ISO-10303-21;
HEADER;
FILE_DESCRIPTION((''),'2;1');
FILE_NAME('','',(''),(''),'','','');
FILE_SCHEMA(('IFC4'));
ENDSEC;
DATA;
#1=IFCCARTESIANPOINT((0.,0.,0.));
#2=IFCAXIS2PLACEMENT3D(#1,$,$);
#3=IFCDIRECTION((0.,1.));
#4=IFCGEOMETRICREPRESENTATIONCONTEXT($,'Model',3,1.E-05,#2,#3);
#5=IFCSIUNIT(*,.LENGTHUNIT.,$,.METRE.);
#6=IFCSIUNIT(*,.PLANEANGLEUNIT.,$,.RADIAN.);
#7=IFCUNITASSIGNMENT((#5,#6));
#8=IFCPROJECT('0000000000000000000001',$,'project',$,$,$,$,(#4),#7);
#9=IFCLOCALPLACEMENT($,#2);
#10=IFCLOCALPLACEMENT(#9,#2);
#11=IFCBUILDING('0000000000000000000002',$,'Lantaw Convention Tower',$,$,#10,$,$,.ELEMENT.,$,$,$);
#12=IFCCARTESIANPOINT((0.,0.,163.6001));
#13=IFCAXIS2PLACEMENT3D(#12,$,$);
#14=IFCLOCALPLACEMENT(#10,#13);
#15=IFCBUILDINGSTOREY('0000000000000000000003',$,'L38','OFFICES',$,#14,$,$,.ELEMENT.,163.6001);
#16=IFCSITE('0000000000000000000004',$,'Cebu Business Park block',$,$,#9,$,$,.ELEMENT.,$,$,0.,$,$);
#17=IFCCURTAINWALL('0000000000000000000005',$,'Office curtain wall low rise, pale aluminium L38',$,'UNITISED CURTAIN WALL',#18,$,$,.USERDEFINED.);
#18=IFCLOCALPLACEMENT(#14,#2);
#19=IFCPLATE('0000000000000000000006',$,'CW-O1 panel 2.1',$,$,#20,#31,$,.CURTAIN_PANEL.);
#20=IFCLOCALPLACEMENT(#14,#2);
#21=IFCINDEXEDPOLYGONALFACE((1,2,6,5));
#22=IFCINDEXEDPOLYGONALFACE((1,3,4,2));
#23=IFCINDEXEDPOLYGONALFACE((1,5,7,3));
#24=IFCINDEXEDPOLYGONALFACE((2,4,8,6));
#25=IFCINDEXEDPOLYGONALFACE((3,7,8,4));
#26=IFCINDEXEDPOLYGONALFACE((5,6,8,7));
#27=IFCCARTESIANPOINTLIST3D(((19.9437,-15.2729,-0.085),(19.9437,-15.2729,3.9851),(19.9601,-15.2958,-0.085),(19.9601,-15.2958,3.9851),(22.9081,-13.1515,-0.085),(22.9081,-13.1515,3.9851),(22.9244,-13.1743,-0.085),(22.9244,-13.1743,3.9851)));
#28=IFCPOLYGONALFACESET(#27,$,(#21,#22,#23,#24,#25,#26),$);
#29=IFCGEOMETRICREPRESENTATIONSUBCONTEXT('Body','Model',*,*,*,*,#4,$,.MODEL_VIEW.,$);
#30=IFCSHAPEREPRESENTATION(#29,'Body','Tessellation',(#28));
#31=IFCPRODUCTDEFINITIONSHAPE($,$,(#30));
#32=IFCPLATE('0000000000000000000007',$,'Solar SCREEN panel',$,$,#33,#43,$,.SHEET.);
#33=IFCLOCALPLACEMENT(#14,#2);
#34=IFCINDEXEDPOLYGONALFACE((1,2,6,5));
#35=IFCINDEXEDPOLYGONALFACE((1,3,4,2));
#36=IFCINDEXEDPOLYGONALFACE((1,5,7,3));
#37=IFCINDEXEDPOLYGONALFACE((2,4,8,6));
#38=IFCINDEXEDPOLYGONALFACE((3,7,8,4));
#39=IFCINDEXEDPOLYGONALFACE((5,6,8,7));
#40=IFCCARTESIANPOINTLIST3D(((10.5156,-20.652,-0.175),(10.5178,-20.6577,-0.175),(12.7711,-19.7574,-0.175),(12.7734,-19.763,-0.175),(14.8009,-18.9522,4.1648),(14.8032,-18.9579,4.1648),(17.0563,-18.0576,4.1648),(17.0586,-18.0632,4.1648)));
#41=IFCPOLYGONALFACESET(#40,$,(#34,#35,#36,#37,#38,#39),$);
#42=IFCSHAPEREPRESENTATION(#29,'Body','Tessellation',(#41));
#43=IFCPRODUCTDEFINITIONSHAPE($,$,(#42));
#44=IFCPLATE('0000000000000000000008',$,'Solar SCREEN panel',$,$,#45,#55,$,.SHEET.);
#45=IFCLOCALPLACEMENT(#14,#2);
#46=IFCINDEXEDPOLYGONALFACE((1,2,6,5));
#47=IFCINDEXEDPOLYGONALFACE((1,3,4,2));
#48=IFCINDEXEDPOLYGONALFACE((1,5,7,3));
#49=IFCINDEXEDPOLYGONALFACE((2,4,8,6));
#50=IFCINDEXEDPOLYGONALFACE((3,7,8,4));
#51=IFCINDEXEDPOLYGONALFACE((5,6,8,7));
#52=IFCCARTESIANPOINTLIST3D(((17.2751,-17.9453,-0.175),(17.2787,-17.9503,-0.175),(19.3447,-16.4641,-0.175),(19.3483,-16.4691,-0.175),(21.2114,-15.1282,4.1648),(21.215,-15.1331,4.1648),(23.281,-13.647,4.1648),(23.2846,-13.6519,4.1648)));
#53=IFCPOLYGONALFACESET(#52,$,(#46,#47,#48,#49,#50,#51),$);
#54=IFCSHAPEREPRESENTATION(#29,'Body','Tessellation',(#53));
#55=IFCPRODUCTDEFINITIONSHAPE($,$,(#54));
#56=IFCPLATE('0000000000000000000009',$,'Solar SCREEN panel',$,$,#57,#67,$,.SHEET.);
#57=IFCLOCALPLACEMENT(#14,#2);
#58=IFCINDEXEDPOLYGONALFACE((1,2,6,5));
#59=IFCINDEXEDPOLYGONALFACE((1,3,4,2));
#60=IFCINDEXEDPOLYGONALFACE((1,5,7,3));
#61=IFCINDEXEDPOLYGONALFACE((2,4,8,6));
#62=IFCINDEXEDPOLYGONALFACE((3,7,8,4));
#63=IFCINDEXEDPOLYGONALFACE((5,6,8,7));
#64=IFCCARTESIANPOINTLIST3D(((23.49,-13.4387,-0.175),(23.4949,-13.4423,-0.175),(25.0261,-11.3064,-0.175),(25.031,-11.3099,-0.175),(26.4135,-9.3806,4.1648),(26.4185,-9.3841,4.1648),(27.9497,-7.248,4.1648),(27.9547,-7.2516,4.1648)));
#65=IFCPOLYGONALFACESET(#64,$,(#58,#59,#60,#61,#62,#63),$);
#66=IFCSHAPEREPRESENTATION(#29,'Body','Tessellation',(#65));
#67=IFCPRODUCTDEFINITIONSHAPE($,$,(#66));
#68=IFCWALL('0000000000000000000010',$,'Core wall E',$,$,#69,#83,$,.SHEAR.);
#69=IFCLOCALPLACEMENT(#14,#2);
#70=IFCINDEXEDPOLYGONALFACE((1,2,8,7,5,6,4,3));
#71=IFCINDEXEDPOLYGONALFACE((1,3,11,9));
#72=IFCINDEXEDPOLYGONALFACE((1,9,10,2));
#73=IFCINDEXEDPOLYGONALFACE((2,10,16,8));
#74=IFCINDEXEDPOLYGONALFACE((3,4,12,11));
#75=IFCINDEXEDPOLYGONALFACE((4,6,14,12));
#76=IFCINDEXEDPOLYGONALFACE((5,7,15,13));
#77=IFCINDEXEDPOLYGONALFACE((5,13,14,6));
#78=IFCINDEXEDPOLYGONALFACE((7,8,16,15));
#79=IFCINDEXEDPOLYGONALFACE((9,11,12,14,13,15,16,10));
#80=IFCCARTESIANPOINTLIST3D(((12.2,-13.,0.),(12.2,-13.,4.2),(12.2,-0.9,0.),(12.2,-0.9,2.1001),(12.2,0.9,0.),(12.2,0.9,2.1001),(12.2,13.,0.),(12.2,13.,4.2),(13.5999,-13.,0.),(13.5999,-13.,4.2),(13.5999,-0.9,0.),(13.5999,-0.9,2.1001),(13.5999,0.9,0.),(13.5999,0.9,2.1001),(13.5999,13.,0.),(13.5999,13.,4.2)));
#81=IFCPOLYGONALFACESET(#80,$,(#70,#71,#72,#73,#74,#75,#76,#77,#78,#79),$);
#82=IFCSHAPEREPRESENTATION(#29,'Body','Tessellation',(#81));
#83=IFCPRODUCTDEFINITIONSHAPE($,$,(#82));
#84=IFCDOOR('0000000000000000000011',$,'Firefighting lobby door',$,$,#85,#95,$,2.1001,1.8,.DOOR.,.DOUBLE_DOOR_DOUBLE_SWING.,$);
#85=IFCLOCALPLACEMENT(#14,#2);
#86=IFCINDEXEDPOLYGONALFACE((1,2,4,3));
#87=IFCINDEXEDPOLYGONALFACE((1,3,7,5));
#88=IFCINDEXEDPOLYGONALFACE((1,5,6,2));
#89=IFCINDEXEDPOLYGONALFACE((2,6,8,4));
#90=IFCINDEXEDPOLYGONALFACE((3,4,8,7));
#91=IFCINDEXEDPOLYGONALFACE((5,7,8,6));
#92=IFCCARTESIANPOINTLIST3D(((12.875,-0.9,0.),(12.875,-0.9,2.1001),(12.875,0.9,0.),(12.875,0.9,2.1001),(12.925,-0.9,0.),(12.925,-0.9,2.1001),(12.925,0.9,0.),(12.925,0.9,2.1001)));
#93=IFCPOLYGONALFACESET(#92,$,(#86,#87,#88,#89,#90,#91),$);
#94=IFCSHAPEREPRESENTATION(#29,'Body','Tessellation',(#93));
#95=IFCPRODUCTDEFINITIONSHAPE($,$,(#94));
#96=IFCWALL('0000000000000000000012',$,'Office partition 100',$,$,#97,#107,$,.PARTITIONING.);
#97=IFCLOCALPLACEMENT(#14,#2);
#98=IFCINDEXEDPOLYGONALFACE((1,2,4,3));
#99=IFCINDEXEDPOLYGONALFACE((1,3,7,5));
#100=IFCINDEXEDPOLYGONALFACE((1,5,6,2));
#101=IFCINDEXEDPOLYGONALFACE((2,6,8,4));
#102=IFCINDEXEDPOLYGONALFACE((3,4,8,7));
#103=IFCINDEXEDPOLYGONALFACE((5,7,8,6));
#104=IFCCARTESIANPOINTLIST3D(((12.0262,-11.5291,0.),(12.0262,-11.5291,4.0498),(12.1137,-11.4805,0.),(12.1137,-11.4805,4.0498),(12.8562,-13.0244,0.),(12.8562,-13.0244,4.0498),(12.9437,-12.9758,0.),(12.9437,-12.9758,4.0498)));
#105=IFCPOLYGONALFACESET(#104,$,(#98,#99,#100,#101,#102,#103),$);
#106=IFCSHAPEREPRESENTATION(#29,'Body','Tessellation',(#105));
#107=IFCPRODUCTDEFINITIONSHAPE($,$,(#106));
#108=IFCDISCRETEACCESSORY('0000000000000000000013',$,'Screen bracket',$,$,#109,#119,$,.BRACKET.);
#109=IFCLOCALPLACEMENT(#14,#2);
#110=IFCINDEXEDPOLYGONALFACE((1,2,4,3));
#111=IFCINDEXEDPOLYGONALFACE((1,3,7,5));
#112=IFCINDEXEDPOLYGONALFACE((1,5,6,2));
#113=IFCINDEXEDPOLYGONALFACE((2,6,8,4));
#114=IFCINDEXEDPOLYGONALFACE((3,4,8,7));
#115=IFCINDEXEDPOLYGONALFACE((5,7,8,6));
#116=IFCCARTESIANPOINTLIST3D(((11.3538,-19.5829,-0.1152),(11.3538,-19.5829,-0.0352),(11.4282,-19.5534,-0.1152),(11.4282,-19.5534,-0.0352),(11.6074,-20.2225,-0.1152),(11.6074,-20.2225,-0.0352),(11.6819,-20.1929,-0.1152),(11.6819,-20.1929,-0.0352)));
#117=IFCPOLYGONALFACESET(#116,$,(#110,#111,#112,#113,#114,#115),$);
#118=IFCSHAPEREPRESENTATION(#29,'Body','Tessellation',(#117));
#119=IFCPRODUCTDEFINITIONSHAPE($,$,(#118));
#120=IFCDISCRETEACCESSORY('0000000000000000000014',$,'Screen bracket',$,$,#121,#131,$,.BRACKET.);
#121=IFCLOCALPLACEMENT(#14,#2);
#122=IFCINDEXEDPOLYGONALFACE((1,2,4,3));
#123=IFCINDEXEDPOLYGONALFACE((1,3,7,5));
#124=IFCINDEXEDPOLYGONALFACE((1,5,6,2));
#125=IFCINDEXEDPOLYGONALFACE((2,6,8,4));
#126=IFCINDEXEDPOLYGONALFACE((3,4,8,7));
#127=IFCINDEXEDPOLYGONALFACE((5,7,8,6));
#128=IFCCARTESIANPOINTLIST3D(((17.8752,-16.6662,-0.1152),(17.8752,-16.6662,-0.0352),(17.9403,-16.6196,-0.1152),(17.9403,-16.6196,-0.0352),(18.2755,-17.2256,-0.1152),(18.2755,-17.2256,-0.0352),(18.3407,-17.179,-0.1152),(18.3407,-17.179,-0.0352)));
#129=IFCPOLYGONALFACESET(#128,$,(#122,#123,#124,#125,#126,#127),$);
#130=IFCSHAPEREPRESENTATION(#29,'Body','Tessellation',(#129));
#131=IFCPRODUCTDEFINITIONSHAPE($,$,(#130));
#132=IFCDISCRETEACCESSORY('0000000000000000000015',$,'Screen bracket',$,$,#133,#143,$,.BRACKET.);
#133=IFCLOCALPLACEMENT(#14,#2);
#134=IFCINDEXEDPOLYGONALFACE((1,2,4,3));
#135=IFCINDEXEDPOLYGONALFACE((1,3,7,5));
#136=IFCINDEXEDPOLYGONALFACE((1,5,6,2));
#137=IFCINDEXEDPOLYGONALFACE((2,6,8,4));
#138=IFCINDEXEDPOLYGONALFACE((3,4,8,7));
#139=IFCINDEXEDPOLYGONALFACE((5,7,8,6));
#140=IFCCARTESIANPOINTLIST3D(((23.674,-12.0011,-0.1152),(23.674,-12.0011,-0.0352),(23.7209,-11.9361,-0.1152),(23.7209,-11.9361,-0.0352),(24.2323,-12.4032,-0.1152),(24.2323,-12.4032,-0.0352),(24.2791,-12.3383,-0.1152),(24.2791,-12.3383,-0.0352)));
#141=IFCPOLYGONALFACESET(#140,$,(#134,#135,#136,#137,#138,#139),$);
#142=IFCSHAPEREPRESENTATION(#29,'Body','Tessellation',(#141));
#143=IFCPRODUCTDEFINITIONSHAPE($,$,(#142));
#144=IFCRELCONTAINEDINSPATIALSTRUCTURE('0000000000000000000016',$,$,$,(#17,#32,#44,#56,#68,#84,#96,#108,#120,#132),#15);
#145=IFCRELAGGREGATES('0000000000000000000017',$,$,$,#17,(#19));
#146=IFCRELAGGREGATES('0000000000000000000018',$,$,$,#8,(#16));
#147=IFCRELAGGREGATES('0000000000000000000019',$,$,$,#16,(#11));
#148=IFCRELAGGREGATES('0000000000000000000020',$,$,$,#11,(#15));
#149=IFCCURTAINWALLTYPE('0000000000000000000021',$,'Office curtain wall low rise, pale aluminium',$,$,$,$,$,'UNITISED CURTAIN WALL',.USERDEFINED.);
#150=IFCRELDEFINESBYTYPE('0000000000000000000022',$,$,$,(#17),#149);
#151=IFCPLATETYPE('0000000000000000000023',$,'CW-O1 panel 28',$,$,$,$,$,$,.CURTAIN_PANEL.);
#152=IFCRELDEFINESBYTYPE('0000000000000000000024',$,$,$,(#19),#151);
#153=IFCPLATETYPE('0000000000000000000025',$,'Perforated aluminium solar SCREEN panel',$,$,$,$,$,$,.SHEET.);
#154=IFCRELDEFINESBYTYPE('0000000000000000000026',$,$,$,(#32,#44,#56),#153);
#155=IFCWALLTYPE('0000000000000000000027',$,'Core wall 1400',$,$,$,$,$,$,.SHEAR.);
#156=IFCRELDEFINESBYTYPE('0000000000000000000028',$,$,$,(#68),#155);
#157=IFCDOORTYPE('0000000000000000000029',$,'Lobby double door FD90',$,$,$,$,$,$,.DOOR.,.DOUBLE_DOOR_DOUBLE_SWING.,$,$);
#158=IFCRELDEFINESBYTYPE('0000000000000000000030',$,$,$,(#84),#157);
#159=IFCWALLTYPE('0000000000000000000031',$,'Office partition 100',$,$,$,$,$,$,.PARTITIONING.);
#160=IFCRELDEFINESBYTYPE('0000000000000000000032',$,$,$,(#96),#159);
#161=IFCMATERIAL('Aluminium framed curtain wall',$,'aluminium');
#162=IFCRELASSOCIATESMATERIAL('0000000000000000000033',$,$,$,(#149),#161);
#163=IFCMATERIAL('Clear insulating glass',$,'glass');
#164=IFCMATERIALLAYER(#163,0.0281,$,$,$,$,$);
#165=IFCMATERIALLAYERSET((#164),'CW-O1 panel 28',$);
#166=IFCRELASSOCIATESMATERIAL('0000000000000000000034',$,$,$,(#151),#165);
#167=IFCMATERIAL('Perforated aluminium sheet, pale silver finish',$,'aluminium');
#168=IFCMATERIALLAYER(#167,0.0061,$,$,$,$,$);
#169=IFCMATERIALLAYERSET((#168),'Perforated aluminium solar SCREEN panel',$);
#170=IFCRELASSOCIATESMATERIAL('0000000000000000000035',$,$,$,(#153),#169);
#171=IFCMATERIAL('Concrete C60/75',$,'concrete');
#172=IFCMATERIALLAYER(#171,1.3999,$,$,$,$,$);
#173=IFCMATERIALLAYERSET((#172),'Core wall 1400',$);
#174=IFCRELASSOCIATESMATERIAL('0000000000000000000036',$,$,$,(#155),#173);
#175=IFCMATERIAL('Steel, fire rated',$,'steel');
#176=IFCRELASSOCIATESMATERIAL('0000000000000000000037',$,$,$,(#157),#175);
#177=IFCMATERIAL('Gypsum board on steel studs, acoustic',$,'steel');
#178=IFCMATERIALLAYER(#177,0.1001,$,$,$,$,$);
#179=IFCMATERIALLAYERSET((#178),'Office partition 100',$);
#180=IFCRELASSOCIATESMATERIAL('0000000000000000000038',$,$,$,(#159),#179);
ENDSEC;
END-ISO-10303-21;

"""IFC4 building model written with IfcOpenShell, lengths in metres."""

from ifc_helpers import new_model, si_unit, direction, frame, frame_2d, origin, origin_2d, place, context, subcontext, project, spatial, polyline, rectangle, outline, extrude, material, layer, layer_set, type_object, element, fill, aggregate, save


model = new_model("IFC4")

# Units and contexts
model_context = context("Model", 3, precision=1e-05, world=origin(), true_north=direction((0.0, 1.0)))
body_context = subcontext(model_context, "Body", "Model", "MODEL_VIEW")
ifc_project = project(units=[si_unit("LENGTHUNIT", "METRE"), si_unit("PLANEANGLEUNIT", "RADIAN")], contexts=[model_context])

# Site, building, storey
site_placement = place(None, origin())
site = spatial("IfcSite", under=ifc_project, at=site_placement, Name="Cebu Business Park block", CompositionType="ELEMENT", RefElevation=0.0)
building_placement = place(site_placement, origin())
building = spatial("IfcBuilding", under=site, at=building_placement, Name="Lantaw Convention Tower", CompositionType="ELEMENT")
storey_placement = place(building_placement, frame((0.0, 0.0, 163.6001)))
storey = spatial("IfcBuildingStorey", under=building, at=storey_placement, Name="L38", Description="OFFICES", CompositionType="ELEMENT", Elevation=163.6001)

# Shared definitions
ifc_material_1 = material(Name="Concrete C60/75", Category="concrete")

# Curtain wall
ifc_material_2 = material(Name="Aluminium framed curtain wall", Category="aluminium")
curtain_wall_type = type_object("IfcCurtainWallType", Name="Office curtain wall low rise, pale aluminium", ElementType="UNITISED CURTAIN WALL", PredefinedType="USERDEFINED", material=ifc_material_2)
curtain_wall_1_placement = place(storey_placement, origin())
curtain_wall_1 = element("IfcCurtainWall", 1, at=curtain_wall_1_placement, inside=storey, type_object=curtain_wall_type, Name="Office curtain wall low rise, pale aluminium L38", ObjectType="UNITISED CURTAIN WALL", PredefinedType="USERDEFINED")

# Plate
ifc_material_3 = material(Name="Clear insulating glass", Category="glass")
ifc_layer_1 = layer(ifc_material_3, 0.0281)
ifc_layer_set_1 = layer_set([ifc_layer_1], Name="CW-O1 panel 28")
plate_type_1 = type_object("IfcPlateType", Name="CW-O1 panel 28", PredefinedType="CURTAIN_PANEL", material=ifc_layer_set_1)
plate_1_placement = place(storey_placement, frame((21.4341, -14.2236, -0.085), z_axis=(0.0, 0.0, 1.0), x_axis=(0.813208, 0.581973, 0.0)))
plate_1 = element("IfcPlate", 2, at=plate_1_placement, type_object=plate_type_1, Name="CW-O1 panel 2.1", PredefinedType="CURTAIN_PANEL", context=body_context, shape_type="SweptSolid", body=[
    extrude(rectangle(XDim=3.6453, YDim=0.0281, at=origin_2d()), origin(), (0.0, 0.0, 1.0), 4.0701),
])
aggregate(curtain_wall_1, [plate_1])

# Plates
ifc_material_4 = material(Name="Perforated aluminium sheet, pale silver finish", Category="aluminium")
ifc_layer_2 = layer(ifc_material_4, 0.0061)
ifc_layer_set_2 = layer_set([ifc_layer_2], Name="Perforated aluminium solar SCREEN panel")
plate_type_2 = type_object("IfcPlateType", Name="Perforated aluminium solar SCREEN panel", PredefinedType="SHEET", material=ifc_layer_set_2)
plate_2_placement = place(storey_placement, frame((10.5178, -20.6577, -0.175), z_axis=(0.368709, -0.929545, 0.000011), x_axis=(0.929545, 0.368709, 0.0)))
element("IfcPlate", 3, at=plate_2_placement, inside=storey, type_object=plate_type_2, Name="Solar SCREEN panel", PredefinedType="SHEET", context=body_context, shape_type="SweptSolid", body=[
    extrude(outline(polyline([(0.0, 0.0), (2.4265, 0.0), (7.0365, 4.3398), (4.6102, 4.3398), (0.0, 0.0)])), origin(), (0.0, 0.0, -1.0), 0.0061),
])
plate_3_placement = place(storey_placement, frame((17.2751, -17.9453, -0.175), z_axis=(-0.582, 0.813189, 0.000012), x_axis=(0.813189, 0.582, 0.0)))
element("IfcPlate", 4, at=plate_3_placement, inside=storey, type_object=plate_type_2, Name="Solar SCREEN panel", PredefinedType="SHEET", context=body_context, shape_type="SweptSolid", body=[
    extrude(outline(polyline([(0.0, 0.0), (2.545, 0.0), (7.3855, -4.3398), (4.8405, -4.3398), (0.0, 0.0)])), origin(), (0.0, 0.0, -1.0), 0.0061),
])
plate_4_placement = place(storey_placement, frame((23.49, -13.4387, -0.175), z_axis=(-0.811395, 0.584498, 0.000036), x_axis=(0.584498, 0.811395, 0.0)))
element("IfcPlate", 5, at=plate_4_placement, inside=storey, type_object=plate_type_2, Name="Solar SCREEN panel", PredefinedType="SHEET", context=body_context, shape_type="SweptSolid", body=[
    extrude(outline(polyline([(0.0, 0.0), (2.628, 0.0), (7.6298, -4.3398), (5.0016, -4.3398), (0.0, 0.0)])), origin(), (0.0, 0.0, -1.0), 0.0061),
])

# Wall, opening, door
ifc_layer_3 = layer(ifc_material_1, 1.3999)
ifc_layer_set_3 = layer_set([ifc_layer_3], Name="Core wall 1400")
wall_type_1 = type_object("IfcWallType", Name="Core wall 1400", PredefinedType="SHEAR", material=ifc_layer_set_3)
wall_1_placement = place(storey_placement, frame((12.8999, -13.0, 0.0), z_axis=(0.0, 0.0, 1.0), x_axis=(0.0, 1.0, 0.0)))
wall_1 = element("IfcWall", 6, at=wall_1_placement, inside=storey, type_object=wall_type_1, Name="Core wall E", PredefinedType="SHEAR", context=body_context, shape_type="SweptSolid", body=[
    extrude(rectangle(XDim=26.0, YDim=1.3999, at=frame_2d((13.0, 0.0))), origin(), (0.0, 0.0, 1.0), 4.2),
])
opening_placement = place(wall_1_placement, frame((12.1001, 0.0, 0.0)))
opening = element("IfcOpeningElement", 7, at=opening_placement, cuts=wall_1, PredefinedType="OPENING", context=body_context, shape_type="SweptSolid", body=[
    extrude(rectangle(XDim=1.8, YDim=2.1001, at=frame_2d((0.8999, 1.05))), frame((0.0, 0.71, 0.0), z_axis=(0.0, -1.0, 0.0), x_axis=(1.0, 0.0, 0.0)), (0.0, 0.0, 1.0), 1.4199),
])
ifc_material_5 = material(Name="Steel, fire rated", Category="steel")
door_type = type_object("IfcDoorType", Name="Lobby double door FD90", OperationType="DOUBLE_DOOR_DOUBLE_SWING", PredefinedType="DOOR", material=ifc_material_5)
door_placement = place(opening_placement, origin())
door = element("IfcDoor", 8, at=door_placement, inside=storey, type_object=door_type, Name="Firefighting lobby door", OperationType="DOUBLE_DOOR_DOUBLE_SWING", OverallHeight=2.1001, OverallWidth=1.8, PredefinedType="DOOR", context=body_context, shape_type="SweptSolid", body=[
    extrude(rectangle(XDim=1.8, YDim=2.1001, at=frame_2d((0.8999, 1.05))), frame((0.0, 0.0249, 0.0), z_axis=(0.0, -1.0, 0.0), x_axis=(1.0, 0.0, 0.0)), (0.0, 0.0, 1.0), 0.05),
])
fill(opening, door)

# Wall
ifc_material_6 = material(Name="Gypsum board on steel studs, acoustic", Category="steel")
ifc_layer_4 = layer(ifc_material_6, 0.1001)
ifc_layer_set_4 = layer_set([ifc_layer_4], Name="Office partition 100")
wall_type_2 = type_object("IfcWallType", Name="Office partition 100", PredefinedType="PARTITIONING", material=ifc_layer_set_4)
wall_2_placement = place(storey_placement, frame((12.8999, -13.0, 0.0), z_axis=(0.0, 0.0, 1.0), x_axis=(-0.48534, 0.874326, 0.0)))
element("IfcWall", 9, at=wall_2_placement, inside=storey, type_object=wall_type_2, Name="Office partition 100", PredefinedType="PARTITIONING", context=body_context, shape_type="SweptSolid", body=[
    extrude(rectangle(XDim=1.7102, YDim=0.1001, at=frame_2d((0.855, 0.0))), origin(), (0.0, 0.0, 1.0), 4.0498),
])

# Discrete accessories
for number, where, z_axis, x_axis, name in (
    (10, (11.5178, -19.8879, -0.1152), (0.0, 0.0, 1.0), (0.929548, 0.368702, 0.0), "Screen bracket"),
    (11, (18.1079, -16.9226, -0.1152), (0.0, 0.0, 1.0), (0.813208, 0.581973, 0.0), "Screen bracket"),
    (12, (23.9766, -12.1697, -0.1152), (0.0, 0.0, 1.0), (0.584513, 0.811385, 0.0), "Screen bracket"),
):
    element("IfcDiscreteAccessory", number, at=place(storey_placement, frame(where, z_axis=z_axis, x_axis=x_axis)), inside=storey, Name=name, PredefinedType="BRACKET", context=body_context, shape_type="SweptSolid", body=[
        extrude(rectangle(XDim=0.0801, YDim=0.688, at=origin_2d()), origin(), (0.0, 0.0, 1.0), 0.0801),
    ])

save(model, "model.ifc")
